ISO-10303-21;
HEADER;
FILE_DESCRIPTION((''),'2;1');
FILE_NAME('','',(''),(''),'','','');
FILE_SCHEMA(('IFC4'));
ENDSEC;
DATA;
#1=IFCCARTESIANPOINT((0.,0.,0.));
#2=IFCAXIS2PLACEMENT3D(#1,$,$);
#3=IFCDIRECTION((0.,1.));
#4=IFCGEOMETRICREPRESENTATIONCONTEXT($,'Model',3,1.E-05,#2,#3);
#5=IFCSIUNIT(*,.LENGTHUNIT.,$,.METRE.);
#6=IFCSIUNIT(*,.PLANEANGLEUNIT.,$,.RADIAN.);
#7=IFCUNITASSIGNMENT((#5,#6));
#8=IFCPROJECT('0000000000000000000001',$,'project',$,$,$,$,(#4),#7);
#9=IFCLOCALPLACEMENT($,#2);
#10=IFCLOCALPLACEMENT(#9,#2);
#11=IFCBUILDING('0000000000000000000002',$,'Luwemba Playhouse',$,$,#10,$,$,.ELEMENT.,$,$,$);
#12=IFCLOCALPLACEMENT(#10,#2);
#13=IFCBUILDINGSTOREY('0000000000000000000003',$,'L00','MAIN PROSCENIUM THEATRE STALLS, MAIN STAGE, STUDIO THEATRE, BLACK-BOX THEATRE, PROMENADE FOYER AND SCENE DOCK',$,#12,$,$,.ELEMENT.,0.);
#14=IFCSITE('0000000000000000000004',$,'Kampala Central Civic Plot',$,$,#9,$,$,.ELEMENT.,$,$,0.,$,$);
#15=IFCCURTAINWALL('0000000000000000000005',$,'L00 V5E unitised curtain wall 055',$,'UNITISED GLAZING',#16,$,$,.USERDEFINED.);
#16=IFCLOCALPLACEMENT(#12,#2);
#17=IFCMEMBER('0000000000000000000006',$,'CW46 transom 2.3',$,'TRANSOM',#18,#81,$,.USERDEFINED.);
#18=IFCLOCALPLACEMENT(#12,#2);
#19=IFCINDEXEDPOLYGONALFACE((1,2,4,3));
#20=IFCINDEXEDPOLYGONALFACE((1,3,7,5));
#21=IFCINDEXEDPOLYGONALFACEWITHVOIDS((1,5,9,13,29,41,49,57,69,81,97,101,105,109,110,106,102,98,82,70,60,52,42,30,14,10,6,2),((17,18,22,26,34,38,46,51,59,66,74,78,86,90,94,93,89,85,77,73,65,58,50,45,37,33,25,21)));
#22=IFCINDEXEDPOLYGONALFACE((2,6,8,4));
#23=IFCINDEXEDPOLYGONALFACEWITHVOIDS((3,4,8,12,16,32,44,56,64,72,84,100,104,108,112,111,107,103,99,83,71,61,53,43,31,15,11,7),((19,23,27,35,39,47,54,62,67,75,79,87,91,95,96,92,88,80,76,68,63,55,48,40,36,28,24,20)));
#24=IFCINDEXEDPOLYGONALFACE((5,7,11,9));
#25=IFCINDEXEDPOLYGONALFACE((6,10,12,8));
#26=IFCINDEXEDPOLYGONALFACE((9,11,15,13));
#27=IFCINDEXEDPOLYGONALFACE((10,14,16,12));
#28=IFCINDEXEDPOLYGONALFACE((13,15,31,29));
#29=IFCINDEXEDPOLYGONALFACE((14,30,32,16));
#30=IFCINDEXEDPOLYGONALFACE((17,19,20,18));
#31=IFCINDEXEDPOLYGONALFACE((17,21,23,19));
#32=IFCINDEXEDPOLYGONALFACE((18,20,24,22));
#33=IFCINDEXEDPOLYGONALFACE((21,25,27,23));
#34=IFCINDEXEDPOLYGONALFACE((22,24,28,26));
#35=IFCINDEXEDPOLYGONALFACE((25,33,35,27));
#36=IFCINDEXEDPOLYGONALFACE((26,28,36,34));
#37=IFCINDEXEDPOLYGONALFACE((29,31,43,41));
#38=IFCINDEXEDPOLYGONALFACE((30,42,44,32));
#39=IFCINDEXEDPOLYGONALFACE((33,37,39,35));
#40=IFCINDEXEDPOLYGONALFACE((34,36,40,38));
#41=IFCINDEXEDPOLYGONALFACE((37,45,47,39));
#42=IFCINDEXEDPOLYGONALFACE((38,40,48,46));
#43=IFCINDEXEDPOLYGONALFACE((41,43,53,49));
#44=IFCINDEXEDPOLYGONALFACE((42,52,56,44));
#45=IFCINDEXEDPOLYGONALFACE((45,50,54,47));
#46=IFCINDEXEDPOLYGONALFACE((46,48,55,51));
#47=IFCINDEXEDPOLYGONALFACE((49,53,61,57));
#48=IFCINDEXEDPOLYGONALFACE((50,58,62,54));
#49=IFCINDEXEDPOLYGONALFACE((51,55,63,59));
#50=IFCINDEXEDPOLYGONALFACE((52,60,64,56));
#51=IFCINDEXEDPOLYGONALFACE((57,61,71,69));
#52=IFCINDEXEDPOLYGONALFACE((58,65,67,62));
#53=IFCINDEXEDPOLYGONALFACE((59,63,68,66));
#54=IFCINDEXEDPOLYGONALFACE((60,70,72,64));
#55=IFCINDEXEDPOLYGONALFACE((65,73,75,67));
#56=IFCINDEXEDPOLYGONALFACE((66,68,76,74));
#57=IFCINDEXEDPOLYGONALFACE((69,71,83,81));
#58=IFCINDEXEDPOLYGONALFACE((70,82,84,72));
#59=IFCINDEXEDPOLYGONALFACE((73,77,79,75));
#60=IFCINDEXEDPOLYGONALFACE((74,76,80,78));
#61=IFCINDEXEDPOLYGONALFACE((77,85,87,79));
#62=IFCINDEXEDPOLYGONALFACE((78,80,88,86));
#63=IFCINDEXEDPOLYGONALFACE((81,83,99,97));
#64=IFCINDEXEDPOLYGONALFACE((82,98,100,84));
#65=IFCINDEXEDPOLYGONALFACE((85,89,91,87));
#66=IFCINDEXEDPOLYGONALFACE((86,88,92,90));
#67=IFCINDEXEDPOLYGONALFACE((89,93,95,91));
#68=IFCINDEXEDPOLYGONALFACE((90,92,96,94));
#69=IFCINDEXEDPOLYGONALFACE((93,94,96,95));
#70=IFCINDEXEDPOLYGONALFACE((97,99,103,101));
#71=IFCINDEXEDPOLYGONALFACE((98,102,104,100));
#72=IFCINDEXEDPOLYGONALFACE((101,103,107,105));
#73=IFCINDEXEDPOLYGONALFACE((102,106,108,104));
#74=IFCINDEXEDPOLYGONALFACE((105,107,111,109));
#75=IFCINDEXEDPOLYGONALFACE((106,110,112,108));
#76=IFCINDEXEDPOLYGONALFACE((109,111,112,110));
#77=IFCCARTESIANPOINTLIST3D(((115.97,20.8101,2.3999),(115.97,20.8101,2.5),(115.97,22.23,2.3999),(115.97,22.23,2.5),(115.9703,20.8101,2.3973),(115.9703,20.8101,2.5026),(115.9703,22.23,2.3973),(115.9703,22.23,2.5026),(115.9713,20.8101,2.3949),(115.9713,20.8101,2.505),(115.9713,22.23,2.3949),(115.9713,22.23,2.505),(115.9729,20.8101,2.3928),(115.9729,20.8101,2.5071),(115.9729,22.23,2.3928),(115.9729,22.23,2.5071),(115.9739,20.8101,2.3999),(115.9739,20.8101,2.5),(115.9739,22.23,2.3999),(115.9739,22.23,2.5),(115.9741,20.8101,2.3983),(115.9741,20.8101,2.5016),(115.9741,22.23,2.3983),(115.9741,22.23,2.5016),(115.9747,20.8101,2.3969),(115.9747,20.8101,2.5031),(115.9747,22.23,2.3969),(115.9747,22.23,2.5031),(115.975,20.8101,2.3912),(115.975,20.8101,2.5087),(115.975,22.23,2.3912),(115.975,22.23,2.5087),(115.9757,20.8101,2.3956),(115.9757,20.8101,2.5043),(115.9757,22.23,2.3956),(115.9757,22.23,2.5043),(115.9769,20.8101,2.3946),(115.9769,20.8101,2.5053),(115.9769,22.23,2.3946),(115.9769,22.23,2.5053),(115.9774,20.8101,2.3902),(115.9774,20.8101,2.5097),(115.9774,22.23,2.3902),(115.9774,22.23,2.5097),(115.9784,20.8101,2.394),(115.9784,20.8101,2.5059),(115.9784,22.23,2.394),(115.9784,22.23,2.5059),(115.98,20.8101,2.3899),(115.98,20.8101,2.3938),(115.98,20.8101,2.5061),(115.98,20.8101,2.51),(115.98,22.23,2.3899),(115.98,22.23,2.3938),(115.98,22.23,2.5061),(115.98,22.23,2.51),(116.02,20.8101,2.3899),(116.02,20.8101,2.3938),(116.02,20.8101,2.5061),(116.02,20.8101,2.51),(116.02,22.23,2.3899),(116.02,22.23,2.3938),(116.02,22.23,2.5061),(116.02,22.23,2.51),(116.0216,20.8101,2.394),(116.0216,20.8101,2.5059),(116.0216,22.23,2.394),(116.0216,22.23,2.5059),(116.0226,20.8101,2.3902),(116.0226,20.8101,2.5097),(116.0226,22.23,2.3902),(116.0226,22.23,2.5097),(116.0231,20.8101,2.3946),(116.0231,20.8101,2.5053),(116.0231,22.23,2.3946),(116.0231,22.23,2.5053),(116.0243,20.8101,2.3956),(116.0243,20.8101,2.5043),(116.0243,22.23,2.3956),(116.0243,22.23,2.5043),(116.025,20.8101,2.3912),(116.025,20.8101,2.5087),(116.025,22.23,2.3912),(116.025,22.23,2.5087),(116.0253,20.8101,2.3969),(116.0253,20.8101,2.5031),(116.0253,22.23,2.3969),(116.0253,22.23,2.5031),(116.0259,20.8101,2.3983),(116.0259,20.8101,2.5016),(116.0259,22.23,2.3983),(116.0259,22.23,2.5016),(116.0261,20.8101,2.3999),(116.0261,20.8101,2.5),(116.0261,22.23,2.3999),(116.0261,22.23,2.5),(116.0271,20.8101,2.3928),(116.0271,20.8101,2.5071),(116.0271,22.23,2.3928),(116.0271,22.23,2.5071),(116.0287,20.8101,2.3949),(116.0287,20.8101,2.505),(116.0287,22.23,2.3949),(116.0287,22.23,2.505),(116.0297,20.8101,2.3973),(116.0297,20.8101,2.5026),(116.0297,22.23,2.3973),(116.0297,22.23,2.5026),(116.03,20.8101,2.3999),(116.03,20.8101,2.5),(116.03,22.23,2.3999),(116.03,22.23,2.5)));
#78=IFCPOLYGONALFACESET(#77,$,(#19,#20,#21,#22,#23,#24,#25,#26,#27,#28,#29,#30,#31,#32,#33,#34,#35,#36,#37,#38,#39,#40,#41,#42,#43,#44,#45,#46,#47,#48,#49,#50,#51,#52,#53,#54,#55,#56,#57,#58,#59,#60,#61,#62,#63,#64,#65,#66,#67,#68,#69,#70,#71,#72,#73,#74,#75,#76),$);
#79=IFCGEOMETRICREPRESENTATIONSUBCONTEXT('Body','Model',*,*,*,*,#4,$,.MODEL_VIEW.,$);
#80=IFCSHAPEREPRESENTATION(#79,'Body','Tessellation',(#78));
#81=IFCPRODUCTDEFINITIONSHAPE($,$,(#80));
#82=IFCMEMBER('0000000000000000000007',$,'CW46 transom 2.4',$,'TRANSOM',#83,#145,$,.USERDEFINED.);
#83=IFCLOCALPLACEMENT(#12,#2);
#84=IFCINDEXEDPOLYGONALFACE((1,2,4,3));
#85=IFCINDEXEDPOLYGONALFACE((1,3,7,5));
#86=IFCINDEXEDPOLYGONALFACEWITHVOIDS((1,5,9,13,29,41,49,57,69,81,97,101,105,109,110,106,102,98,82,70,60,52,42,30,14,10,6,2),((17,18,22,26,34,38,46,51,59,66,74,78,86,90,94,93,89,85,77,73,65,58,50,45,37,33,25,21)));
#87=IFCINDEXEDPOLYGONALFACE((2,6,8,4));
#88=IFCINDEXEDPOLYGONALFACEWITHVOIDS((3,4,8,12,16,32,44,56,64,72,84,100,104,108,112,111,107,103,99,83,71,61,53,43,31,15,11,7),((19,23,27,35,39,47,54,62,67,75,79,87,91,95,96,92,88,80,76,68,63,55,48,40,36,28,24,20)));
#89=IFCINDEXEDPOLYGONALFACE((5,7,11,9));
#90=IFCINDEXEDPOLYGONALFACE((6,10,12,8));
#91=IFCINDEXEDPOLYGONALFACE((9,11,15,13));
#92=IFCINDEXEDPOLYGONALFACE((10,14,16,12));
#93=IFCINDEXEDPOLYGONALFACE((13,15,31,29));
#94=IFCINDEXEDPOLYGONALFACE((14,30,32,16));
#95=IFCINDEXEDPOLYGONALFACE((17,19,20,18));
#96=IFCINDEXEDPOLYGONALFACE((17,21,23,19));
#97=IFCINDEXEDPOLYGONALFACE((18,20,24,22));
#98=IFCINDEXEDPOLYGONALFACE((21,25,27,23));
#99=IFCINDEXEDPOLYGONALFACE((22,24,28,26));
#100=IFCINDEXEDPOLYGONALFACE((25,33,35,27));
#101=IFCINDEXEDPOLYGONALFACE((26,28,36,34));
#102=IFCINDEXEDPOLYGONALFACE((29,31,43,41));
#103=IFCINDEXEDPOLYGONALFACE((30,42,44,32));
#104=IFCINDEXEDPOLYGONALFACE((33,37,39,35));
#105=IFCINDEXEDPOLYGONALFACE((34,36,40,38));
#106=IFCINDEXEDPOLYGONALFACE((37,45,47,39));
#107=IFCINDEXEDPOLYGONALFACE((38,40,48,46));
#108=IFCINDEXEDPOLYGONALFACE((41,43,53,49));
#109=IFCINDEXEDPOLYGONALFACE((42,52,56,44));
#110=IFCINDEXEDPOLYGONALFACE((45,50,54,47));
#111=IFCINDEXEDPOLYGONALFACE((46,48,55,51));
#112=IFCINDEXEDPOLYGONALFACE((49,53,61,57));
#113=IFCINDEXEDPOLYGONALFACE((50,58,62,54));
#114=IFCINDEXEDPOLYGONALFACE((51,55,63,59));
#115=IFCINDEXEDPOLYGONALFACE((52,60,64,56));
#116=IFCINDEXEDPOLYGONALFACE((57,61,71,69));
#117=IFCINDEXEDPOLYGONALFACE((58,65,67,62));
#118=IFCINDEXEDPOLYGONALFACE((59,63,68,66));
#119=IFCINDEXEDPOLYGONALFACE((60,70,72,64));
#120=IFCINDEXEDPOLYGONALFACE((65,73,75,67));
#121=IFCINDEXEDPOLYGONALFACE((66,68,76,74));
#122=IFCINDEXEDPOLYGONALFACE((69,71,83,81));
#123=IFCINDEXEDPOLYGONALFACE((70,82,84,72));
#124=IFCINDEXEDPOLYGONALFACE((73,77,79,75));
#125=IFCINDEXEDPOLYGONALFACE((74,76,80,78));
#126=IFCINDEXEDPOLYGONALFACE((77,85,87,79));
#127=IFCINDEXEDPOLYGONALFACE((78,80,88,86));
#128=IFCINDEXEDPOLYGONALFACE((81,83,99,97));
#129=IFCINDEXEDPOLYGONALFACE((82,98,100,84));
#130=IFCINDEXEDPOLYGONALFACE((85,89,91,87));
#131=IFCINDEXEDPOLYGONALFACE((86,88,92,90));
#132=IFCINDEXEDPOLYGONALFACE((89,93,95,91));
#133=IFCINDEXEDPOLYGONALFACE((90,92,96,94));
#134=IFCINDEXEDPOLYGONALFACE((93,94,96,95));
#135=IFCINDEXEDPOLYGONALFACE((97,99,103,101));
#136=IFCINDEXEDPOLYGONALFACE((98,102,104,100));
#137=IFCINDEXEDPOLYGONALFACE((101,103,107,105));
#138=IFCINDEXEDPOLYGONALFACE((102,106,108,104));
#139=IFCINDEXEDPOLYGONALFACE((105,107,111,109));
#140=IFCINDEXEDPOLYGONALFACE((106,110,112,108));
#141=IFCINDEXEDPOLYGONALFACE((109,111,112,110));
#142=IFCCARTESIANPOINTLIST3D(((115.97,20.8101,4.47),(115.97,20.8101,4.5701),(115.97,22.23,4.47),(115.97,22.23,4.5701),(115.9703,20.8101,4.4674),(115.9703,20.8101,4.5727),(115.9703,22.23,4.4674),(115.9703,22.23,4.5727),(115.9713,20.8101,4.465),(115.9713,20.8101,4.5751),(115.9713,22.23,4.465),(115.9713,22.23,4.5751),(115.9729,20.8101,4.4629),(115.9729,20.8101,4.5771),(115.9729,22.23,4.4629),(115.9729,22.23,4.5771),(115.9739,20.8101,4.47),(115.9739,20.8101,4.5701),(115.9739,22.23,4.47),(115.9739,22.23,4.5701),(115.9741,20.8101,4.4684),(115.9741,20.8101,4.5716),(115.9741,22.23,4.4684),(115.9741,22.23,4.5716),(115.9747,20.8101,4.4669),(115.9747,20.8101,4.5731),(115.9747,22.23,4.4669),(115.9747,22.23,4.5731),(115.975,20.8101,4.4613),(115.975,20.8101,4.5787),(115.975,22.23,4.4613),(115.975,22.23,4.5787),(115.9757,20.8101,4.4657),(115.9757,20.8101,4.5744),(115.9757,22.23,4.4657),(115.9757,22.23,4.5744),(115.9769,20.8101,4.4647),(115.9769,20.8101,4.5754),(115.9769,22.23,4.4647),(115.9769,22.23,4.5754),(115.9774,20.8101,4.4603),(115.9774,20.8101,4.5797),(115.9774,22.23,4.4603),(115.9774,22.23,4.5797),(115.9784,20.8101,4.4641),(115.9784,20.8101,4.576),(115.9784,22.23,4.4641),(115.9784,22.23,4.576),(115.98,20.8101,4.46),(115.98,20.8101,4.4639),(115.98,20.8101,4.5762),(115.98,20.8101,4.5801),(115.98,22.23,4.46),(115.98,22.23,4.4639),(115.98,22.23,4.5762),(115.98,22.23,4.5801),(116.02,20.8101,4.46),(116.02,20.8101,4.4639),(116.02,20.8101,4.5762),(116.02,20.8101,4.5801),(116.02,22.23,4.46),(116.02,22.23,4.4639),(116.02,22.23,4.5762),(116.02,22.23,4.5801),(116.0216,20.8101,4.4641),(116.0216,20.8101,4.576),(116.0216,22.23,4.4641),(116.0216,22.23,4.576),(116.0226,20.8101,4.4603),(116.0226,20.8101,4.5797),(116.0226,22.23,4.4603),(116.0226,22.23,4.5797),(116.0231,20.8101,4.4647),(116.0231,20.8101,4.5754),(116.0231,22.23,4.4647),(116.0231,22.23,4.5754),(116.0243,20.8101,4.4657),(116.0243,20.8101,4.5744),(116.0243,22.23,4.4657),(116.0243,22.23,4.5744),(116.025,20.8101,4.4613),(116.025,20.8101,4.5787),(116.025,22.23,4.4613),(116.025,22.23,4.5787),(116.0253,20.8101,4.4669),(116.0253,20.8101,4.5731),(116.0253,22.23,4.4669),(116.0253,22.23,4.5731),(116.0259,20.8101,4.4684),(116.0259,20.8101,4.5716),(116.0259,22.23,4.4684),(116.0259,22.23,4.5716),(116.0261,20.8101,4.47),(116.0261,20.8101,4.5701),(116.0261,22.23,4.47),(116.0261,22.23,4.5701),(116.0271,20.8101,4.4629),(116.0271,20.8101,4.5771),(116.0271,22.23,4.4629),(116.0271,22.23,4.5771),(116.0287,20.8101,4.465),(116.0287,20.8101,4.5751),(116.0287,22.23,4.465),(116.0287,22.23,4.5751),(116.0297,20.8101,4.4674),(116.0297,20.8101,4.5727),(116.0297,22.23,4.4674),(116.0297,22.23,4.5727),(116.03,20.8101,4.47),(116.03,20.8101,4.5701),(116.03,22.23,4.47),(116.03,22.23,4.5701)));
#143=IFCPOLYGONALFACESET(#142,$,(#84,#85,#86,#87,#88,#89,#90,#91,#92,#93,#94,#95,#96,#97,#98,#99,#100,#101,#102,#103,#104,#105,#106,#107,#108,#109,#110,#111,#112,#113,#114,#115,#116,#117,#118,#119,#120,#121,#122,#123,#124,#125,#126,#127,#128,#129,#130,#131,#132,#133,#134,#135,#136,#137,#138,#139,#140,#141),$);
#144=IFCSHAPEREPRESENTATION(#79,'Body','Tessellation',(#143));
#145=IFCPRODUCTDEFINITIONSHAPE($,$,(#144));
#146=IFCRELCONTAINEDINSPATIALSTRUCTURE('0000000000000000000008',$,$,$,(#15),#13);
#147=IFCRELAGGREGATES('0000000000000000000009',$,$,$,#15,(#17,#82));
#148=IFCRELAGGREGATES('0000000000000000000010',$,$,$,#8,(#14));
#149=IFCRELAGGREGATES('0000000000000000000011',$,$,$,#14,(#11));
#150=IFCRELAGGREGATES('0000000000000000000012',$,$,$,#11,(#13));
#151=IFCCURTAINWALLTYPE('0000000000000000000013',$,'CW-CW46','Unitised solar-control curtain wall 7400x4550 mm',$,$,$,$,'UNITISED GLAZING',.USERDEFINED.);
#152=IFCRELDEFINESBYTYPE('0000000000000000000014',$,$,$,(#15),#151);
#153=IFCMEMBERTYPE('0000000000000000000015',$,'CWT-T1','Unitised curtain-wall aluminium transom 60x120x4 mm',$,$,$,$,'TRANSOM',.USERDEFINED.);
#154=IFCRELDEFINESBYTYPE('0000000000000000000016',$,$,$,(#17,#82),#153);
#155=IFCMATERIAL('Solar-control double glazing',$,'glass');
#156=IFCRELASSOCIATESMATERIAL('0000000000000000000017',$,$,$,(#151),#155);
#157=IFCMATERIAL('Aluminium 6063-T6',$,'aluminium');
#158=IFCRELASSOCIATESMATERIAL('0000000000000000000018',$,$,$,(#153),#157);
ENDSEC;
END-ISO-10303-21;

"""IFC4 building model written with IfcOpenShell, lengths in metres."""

from ifc_helpers import new_model, si_unit, direction, frame, origin, origin_2d, place, context, subcontext, project, spatial, hollow_rectangle, extrude, material, material_profile, profile_set, type_object, element, aggregate, save


model = new_model("IFC4")

# Units and contexts
model_context = context("Model", 3, precision=1e-05, world=origin(), true_north=direction((0.0, 1.0)))
body_context = subcontext(model_context, "Body", "Model", "MODEL_VIEW")
ifc_project = project(units=[si_unit("LENGTHUNIT", "METRE"), si_unit("PLANEANGLEUNIT", "RADIAN")], contexts=[model_context])

# Site, building, storey
site_placement = place(None, origin())
site = spatial("IfcSite", under=ifc_project, at=site_placement, Name="Kampala Central Civic Plot", CompositionType="ELEMENT", RefElevation=0.0)
building_placement = place(site_placement, origin())
building = spatial("IfcBuilding", under=site, at=building_placement, Name="Luwemba Playhouse", CompositionType="ELEMENT")
storey_placement = place(building_placement, origin())
storey = spatial("IfcBuildingStorey", under=building, at=storey_placement, Name="L00", Description="MAIN PROSCENIUM THEATRE STALLS, MAIN STAGE, STUDIO THEATRE, BLACK-BOX THEATRE, PROMENADE FOYER AND SCENE DOCK", CompositionType="ELEMENT", Elevation=0.0)

# Curtain wall, members
ifc_material_1 = material(Name="Solar-control double glazing", Category="glass")
curtain_wall_type = type_object("IfcCurtainWallType", Name="CW-CW46", Description="Unitised solar-control curtain wall 7400x4550 mm", ElementType="UNITISED GLAZING", PredefinedType="USERDEFINED", material=ifc_material_1)
curtain_wall_placement = place(storey_placement, origin())
curtain_wall = element("IfcCurtainWall", 1, at=curtain_wall_placement, inside=storey, type_object=curtain_wall_type, Name="L00 V5E unitised curtain wall 055", ObjectType="UNITISED GLAZING", PredefinedType="USERDEFINED")
ifc_material_2 = material(Name="Aluminium 6063-T6", Category="aluminium")
ifc_material_profile_1 = material_profile(ifc_material_2, hollow_rectangle(XDim=0.0601, YDim=0.1201, WallThickness=0.0039, InnerFilletRadius=0.0061, OuterFilletRadius=0.01, at=origin_2d()))
ifc_profile_set_1 = profile_set([ifc_material_profile_1], Name="Aluminium 6063-T6")
member_type_1 = type_object("IfcMemberType", Name="CWT-T1", Description="Unitised curtain-wall aluminium transom 60x120x4 mm", ElementType="TRANSOM", PredefinedType="USERDEFINED", material=ifc_profile_set_1)
member_1_placement = place(storey_placement, frame((116.0, 20.8101, 2.45), z_axis=(0.0, 1.0, 0.0), x_axis=(-1.0, 0.0, 0.0)))
member_1 = element("IfcMember", 2, at=member_1_placement, type_object=member_type_1, Name="CW46 transom 2.3", ObjectType="TRANSOM", PredefinedType="USERDEFINED", context=body_context, shape_type="SweptSolid", body=[
    extrude(hollow_rectangle(XDim=0.0601, YDim=0.1201, WallThickness=0.0039, InnerFilletRadius=0.0061, OuterFilletRadius=0.01, at=origin_2d()), origin(), (0.0, 0.0, 1.0), 1.4199),
])
member_2_placement = place(storey_placement, frame((116.0, 20.8101, 4.52), z_axis=(0.0, 1.0, 0.0), x_axis=(-1.0, 0.0, 0.0)))
member_2 = element("IfcMember", 3, at=member_2_placement, type_object=member_type_1, Name="CW46 transom 2.4", ObjectType="TRANSOM", PredefinedType="USERDEFINED", context=body_context, shape_type="SweptSolid", body=[
    extrude(hollow_rectangle(XDim=0.0601, YDim=0.1201, WallThickness=0.0039, InnerFilletRadius=0.0061, OuterFilletRadius=0.01, at=origin_2d()), origin(), (0.0, 0.0, 1.0), 1.4199),
])
aggregate(curtain_wall, [member_1, member_2])

save(model, "model.ifc")
